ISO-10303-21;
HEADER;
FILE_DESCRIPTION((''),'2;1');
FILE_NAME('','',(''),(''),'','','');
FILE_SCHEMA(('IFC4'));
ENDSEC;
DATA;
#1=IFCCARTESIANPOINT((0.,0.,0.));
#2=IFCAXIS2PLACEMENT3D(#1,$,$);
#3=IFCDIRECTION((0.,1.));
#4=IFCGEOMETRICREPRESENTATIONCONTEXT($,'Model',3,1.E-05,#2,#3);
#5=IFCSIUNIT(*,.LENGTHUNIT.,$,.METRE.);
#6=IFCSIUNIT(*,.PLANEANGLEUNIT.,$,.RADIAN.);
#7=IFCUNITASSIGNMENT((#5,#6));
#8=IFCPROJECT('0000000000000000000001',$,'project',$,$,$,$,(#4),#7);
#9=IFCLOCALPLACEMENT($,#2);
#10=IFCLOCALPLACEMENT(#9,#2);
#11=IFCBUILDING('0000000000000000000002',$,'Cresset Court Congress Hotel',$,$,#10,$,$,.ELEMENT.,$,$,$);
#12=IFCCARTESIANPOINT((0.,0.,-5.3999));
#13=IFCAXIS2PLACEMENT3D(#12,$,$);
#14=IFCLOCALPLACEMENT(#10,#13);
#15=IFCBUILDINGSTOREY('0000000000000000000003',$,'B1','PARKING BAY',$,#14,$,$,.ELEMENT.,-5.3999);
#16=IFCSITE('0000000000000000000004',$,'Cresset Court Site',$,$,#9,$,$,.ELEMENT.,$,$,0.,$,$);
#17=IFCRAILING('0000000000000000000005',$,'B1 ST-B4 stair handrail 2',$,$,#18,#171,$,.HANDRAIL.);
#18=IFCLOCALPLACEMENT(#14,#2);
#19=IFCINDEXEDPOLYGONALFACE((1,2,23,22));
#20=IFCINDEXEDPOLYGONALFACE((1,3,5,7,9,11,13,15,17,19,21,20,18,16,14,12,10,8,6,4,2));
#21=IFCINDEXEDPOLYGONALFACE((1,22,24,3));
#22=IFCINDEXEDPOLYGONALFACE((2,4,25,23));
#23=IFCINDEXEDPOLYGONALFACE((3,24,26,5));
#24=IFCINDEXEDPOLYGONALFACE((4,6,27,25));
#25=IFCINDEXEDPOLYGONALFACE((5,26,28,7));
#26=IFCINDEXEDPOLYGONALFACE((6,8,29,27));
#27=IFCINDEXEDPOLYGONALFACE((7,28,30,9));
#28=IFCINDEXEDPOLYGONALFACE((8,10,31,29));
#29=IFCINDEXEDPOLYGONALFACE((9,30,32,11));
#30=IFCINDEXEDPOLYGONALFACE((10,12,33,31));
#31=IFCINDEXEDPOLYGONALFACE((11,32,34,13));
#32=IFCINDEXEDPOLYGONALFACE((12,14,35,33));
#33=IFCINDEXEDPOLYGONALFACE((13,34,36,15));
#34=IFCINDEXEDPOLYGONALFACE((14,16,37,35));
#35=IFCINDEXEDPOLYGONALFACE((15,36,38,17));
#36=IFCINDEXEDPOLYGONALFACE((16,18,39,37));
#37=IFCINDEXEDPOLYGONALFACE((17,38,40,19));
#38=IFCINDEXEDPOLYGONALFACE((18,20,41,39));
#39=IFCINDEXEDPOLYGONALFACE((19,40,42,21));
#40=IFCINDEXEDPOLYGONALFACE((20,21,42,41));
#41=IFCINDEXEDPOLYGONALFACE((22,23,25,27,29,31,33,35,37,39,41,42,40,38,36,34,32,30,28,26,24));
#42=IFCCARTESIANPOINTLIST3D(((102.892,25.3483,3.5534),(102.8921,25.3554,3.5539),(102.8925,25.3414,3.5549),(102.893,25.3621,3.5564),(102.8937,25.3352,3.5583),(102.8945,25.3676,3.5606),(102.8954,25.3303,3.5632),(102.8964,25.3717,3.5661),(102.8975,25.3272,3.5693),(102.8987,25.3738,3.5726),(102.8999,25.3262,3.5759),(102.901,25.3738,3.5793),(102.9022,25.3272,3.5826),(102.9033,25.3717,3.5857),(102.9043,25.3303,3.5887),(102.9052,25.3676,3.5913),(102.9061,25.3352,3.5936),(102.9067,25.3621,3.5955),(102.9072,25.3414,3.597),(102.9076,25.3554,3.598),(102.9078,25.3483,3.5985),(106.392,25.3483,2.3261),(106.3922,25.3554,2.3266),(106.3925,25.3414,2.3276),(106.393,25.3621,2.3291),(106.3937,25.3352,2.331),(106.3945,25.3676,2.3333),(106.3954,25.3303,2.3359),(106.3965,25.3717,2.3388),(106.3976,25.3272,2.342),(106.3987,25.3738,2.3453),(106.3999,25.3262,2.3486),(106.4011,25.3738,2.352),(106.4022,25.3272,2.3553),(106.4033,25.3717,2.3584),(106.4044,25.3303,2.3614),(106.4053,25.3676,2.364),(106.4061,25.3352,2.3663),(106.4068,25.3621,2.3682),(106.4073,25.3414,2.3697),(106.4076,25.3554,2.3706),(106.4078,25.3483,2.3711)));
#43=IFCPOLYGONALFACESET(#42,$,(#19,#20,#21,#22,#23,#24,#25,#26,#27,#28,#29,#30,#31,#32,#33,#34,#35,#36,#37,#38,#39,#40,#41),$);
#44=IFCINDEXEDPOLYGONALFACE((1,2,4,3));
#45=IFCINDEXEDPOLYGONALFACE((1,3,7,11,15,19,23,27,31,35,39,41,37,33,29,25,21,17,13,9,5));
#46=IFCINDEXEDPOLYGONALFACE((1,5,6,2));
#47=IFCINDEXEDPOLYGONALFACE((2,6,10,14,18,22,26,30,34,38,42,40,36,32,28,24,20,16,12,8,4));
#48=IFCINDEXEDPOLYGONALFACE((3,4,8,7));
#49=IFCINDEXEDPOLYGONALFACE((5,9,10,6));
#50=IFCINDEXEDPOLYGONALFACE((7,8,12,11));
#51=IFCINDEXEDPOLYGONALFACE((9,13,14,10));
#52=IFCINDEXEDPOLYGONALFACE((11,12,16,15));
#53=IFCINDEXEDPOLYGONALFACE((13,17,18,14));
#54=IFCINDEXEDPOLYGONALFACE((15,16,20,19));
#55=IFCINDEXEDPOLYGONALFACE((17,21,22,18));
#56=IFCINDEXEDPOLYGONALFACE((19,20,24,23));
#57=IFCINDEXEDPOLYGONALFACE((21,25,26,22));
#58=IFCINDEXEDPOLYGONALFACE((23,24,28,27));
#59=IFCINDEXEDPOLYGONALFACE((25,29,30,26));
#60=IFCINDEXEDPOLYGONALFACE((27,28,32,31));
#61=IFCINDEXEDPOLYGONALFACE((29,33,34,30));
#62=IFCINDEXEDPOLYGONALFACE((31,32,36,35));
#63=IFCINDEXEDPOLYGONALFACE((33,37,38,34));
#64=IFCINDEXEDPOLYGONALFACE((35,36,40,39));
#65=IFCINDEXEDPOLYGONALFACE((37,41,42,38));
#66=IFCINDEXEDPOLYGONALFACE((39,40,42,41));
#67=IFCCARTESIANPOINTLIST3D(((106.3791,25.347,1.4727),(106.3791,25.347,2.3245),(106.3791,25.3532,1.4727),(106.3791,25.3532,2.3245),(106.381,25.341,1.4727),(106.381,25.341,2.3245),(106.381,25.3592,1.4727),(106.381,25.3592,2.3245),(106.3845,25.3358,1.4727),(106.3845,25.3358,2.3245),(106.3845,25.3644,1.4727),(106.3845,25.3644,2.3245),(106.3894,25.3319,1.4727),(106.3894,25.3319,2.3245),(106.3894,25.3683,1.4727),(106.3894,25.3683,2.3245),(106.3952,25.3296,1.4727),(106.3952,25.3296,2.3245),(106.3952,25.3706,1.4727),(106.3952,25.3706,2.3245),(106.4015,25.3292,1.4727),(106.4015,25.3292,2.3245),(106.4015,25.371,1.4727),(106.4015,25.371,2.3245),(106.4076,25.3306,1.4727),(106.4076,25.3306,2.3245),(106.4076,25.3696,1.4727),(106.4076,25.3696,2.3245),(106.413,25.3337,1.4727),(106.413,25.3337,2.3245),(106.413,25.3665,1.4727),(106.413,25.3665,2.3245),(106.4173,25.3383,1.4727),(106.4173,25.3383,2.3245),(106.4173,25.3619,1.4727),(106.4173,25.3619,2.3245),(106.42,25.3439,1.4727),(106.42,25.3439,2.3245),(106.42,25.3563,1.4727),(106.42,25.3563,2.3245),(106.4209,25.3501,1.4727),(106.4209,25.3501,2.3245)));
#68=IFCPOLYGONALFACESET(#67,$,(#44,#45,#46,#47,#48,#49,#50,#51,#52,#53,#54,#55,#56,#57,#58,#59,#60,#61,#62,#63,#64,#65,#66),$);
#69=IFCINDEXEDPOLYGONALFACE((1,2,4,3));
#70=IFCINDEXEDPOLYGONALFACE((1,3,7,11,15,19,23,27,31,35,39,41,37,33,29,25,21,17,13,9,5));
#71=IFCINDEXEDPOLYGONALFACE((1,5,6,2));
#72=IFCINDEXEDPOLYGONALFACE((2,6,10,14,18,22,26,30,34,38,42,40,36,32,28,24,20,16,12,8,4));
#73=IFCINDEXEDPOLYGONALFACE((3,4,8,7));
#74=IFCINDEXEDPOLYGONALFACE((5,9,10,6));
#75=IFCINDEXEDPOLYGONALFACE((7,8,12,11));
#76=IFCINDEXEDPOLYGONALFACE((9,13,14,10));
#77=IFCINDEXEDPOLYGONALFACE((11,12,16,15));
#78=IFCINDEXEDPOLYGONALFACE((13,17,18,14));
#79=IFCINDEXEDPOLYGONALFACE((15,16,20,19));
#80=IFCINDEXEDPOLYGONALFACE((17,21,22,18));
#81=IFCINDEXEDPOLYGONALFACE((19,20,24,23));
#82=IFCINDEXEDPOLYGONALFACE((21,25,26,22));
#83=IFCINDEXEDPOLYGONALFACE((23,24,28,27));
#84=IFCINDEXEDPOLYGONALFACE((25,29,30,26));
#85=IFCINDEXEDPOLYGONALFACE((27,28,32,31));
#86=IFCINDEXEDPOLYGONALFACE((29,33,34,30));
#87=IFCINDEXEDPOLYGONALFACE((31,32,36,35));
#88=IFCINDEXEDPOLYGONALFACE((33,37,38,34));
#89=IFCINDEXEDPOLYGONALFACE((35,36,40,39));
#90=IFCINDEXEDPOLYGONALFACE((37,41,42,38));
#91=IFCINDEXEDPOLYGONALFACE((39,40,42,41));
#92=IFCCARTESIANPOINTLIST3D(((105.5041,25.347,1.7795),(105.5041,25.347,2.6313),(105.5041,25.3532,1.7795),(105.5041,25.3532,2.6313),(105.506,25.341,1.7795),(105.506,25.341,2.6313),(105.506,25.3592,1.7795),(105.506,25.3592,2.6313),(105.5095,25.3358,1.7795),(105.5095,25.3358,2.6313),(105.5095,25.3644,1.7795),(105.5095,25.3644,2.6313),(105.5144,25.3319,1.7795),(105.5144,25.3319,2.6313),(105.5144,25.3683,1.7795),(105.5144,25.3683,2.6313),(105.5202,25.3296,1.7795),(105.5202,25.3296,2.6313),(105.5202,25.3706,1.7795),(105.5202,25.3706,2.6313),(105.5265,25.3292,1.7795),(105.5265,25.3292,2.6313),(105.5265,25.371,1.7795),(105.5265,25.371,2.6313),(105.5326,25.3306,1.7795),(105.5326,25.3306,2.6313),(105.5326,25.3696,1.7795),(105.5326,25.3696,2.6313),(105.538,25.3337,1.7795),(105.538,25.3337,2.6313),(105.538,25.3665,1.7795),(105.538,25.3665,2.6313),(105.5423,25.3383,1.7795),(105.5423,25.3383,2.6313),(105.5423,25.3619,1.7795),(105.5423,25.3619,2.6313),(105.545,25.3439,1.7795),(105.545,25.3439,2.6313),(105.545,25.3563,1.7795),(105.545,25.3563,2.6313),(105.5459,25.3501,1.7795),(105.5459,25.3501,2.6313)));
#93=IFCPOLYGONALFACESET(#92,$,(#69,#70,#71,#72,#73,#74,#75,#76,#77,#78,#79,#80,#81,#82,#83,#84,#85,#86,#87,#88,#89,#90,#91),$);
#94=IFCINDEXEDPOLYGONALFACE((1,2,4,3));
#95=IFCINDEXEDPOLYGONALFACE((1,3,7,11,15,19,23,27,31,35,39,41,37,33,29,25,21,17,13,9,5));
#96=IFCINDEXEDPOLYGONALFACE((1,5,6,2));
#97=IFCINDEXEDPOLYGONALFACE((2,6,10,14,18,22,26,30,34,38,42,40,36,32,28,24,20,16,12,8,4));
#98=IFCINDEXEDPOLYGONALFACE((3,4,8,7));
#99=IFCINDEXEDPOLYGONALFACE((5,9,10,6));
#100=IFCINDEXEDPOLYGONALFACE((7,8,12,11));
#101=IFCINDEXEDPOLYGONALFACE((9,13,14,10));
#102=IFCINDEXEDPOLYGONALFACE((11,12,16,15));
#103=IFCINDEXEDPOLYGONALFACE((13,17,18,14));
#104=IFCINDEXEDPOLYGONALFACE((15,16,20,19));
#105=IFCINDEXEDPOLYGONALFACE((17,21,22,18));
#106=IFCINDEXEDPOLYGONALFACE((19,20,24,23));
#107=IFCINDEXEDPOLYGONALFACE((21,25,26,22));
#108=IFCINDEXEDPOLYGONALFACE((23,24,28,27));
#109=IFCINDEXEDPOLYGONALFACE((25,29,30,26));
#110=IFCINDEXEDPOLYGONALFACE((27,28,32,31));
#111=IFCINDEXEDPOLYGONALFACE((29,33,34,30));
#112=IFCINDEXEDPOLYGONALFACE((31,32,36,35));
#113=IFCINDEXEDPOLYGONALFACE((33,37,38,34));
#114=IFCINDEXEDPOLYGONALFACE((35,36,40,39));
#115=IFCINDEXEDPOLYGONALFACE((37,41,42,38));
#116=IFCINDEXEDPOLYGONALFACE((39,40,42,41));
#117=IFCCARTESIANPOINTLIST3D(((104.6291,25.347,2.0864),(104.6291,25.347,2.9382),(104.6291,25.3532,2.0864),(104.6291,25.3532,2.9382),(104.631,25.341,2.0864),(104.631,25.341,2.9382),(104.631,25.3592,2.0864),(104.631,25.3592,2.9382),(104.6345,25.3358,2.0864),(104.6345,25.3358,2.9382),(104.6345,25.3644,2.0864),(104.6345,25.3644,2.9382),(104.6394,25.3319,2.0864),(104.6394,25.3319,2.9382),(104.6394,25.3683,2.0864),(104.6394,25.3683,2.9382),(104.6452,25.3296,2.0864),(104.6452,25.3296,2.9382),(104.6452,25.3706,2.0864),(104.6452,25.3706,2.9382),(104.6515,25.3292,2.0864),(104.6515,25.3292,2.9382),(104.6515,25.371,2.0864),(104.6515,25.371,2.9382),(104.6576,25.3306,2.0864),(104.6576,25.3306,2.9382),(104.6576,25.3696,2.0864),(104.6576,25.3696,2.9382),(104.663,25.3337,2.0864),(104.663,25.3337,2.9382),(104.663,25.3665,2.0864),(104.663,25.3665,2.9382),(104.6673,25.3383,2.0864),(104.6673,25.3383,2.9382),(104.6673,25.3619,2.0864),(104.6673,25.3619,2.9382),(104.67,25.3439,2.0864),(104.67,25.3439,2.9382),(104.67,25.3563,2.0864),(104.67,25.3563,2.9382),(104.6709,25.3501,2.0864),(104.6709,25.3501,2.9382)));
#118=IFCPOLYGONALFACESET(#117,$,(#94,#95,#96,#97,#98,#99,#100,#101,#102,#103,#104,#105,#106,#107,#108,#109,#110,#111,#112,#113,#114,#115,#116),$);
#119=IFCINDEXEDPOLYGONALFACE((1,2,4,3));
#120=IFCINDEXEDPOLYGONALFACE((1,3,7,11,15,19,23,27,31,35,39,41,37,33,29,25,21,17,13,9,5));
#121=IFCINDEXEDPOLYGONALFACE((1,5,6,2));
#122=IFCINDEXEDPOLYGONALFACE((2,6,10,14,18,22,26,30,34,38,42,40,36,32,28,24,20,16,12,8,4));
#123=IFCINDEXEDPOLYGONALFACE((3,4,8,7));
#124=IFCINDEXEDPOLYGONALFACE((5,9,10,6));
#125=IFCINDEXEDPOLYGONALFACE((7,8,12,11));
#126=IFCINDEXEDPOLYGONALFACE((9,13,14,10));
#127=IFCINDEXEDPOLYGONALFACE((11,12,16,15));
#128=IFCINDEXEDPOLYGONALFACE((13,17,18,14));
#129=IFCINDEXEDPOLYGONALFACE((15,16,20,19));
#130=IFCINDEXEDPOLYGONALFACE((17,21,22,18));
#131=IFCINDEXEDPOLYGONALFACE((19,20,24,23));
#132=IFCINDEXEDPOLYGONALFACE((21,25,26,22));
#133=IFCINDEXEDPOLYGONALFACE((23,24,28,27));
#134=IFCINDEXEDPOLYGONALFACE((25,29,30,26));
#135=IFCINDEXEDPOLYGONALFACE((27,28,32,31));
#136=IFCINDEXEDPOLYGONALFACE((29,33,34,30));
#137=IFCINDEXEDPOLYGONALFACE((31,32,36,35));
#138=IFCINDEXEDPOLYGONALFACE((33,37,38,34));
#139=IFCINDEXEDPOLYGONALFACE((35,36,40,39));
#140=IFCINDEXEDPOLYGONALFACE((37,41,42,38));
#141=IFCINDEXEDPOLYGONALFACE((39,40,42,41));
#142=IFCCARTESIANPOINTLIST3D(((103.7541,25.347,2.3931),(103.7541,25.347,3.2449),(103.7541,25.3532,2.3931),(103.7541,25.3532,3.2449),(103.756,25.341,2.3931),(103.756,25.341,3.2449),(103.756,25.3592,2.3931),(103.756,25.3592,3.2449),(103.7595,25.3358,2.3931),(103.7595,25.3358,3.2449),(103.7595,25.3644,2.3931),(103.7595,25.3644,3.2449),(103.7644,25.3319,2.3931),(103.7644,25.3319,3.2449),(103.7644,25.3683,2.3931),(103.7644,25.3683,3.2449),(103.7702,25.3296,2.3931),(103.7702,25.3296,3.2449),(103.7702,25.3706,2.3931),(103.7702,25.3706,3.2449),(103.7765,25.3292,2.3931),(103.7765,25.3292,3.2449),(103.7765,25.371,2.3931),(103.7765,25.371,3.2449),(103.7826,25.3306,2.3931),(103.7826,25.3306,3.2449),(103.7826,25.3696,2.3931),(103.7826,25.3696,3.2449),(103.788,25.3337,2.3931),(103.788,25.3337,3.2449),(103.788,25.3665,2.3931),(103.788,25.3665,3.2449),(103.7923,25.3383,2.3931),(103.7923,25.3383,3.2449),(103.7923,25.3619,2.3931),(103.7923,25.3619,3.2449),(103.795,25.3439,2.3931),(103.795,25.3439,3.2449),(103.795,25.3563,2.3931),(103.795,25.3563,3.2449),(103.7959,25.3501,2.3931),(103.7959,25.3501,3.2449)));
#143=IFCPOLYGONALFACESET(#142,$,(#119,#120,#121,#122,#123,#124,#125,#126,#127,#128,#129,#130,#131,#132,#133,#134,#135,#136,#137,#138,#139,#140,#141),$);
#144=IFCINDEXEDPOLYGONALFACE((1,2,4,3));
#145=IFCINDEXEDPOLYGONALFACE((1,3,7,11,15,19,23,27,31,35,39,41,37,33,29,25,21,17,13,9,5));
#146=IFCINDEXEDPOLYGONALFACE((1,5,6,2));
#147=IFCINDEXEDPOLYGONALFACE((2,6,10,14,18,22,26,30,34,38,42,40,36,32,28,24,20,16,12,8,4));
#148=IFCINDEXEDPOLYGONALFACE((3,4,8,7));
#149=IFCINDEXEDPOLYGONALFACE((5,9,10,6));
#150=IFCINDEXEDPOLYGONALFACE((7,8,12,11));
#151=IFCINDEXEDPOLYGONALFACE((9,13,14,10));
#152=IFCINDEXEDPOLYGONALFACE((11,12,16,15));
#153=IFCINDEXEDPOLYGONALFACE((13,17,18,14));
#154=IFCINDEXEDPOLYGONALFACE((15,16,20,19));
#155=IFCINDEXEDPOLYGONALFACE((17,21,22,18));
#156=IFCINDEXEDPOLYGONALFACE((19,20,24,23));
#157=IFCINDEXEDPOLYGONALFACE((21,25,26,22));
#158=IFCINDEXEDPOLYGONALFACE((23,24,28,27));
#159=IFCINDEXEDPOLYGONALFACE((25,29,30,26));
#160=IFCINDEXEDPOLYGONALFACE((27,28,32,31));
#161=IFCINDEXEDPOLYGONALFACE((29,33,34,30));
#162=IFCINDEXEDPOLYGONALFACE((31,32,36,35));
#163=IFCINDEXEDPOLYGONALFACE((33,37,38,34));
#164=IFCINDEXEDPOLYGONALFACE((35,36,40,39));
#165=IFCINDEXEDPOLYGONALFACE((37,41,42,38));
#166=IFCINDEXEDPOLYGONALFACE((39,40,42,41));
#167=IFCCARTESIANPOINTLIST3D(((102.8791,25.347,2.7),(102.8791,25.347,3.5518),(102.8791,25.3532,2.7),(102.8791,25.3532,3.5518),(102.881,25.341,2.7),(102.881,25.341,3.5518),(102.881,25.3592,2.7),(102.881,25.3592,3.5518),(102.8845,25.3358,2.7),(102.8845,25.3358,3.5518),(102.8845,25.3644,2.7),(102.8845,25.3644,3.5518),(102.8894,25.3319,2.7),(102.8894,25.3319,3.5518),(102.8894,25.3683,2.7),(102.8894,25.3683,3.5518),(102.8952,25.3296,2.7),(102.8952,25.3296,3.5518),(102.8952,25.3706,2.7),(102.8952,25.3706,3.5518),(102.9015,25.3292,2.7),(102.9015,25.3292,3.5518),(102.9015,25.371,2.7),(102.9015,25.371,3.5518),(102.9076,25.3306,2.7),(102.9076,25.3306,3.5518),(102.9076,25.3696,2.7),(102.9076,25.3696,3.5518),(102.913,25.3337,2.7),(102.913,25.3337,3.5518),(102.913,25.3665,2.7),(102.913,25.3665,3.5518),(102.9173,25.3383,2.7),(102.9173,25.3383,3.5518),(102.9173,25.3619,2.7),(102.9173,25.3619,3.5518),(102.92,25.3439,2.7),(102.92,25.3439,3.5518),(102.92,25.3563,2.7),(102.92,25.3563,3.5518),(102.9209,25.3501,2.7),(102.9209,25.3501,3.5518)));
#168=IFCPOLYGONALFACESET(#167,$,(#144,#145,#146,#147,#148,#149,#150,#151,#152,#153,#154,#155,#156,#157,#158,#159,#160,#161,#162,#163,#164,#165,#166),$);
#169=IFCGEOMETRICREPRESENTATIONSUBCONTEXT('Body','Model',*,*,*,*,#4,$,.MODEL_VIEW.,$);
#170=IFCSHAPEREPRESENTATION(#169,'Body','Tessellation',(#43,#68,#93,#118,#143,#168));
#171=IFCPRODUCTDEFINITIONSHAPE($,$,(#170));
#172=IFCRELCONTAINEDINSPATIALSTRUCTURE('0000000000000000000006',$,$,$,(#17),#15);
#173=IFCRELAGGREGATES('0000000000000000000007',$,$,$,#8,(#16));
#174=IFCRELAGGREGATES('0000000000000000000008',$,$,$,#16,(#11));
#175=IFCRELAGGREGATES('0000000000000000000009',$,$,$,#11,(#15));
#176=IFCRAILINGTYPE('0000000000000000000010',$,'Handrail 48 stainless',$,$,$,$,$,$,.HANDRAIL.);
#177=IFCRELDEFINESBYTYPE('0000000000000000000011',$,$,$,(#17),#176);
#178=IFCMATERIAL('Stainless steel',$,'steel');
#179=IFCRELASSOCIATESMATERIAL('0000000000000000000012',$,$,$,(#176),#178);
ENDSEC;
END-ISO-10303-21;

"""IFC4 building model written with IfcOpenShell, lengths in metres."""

from ifc_helpers import new_model, si_unit, direction, frame, origin, origin_2d, place, context, subcontext, project, spatial, circle, extrude, material, type_object, element, save


model = new_model("IFC4")

# Units and contexts
model_context = context("Model", 3, precision=1e-05, world=origin(), true_north=direction((0.0, 1.0)))
body_context = subcontext(model_context, "Body", "Model", "MODEL_VIEW")
ifc_project = project(units=[si_unit("LENGTHUNIT", "METRE"), si_unit("PLANEANGLEUNIT", "RADIAN")], contexts=[model_context])

# Site, building, storey
site_placement = place(None, origin())
site = spatial("IfcSite", under=ifc_project, at=site_placement, Name="Cresset Court Site", CompositionType="ELEMENT", RefElevation=0.0)
building_placement = place(site_placement, origin())
building = spatial("IfcBuilding", under=site, at=building_placement, Name="Cresset Court Congress Hotel", CompositionType="ELEMENT")
storey_placement = place(building_placement, frame((0.0, 0.0, -5.3999)))
storey = spatial("IfcBuildingStorey", under=building, at=storey_placement, Name="B1", Description="PARKING BAY", CompositionType="ELEMENT", Elevation=-5.3999)

# Railing
ifc_material_1 = material(Name="Stainless steel", Category="steel")
railing_type_1 = type_object("IfcRailingType", Name="Handrail 48 stainless", PredefinedType="HANDRAIL", material=ifc_material_1)
for number, where, name in (
    (1, (106.3999, 25.3501, 1.4727), "B1 ST-B4 stair handrail 2"),
):
    element("IfcRailing", number, at=place(storey_placement, frame(where)), inside=storey, type_object=railing_type_1, Name=name, PredefinedType="HANDRAIL", context=body_context, shape_type="SweptSolid", body=[
        extrude(circle(Radius=0.0239, at=origin_2d()), frame((0.0, 0.0, 0.876), z_axis=(-0.943665, 0.0, 0.330902), x_axis=(0.0, -1.0, 0.0)), (0.0, 0.0, 1.0), 3.709),
        extrude(circle(Radius=0.021, at=origin_2d()), origin(), (0.0, 0.0, 1.0), 0.8518),
        extrude(circle(Radius=0.021, at=origin_2d()), frame((-0.875, 0.0, 0.3069)), (0.0, 0.0, 1.0), 0.8518),
        extrude(circle(Radius=0.021, at=origin_2d()), frame((-1.75, 0.0, 0.6138)), (0.0, 0.0, 1.0), 0.8518),
        extrude(circle(Radius=0.021, at=origin_2d()), frame((-2.625, 0.0, 0.9204)), (0.0, 0.0, 1.0), 0.8518),
        extrude(circle(Radius=0.021, at=origin_2d()), frame((-3.5, 0.0, 1.2273)), (0.0, 0.0, 1.0), 0.8518),
    ])

save(model, "model.ifc")
